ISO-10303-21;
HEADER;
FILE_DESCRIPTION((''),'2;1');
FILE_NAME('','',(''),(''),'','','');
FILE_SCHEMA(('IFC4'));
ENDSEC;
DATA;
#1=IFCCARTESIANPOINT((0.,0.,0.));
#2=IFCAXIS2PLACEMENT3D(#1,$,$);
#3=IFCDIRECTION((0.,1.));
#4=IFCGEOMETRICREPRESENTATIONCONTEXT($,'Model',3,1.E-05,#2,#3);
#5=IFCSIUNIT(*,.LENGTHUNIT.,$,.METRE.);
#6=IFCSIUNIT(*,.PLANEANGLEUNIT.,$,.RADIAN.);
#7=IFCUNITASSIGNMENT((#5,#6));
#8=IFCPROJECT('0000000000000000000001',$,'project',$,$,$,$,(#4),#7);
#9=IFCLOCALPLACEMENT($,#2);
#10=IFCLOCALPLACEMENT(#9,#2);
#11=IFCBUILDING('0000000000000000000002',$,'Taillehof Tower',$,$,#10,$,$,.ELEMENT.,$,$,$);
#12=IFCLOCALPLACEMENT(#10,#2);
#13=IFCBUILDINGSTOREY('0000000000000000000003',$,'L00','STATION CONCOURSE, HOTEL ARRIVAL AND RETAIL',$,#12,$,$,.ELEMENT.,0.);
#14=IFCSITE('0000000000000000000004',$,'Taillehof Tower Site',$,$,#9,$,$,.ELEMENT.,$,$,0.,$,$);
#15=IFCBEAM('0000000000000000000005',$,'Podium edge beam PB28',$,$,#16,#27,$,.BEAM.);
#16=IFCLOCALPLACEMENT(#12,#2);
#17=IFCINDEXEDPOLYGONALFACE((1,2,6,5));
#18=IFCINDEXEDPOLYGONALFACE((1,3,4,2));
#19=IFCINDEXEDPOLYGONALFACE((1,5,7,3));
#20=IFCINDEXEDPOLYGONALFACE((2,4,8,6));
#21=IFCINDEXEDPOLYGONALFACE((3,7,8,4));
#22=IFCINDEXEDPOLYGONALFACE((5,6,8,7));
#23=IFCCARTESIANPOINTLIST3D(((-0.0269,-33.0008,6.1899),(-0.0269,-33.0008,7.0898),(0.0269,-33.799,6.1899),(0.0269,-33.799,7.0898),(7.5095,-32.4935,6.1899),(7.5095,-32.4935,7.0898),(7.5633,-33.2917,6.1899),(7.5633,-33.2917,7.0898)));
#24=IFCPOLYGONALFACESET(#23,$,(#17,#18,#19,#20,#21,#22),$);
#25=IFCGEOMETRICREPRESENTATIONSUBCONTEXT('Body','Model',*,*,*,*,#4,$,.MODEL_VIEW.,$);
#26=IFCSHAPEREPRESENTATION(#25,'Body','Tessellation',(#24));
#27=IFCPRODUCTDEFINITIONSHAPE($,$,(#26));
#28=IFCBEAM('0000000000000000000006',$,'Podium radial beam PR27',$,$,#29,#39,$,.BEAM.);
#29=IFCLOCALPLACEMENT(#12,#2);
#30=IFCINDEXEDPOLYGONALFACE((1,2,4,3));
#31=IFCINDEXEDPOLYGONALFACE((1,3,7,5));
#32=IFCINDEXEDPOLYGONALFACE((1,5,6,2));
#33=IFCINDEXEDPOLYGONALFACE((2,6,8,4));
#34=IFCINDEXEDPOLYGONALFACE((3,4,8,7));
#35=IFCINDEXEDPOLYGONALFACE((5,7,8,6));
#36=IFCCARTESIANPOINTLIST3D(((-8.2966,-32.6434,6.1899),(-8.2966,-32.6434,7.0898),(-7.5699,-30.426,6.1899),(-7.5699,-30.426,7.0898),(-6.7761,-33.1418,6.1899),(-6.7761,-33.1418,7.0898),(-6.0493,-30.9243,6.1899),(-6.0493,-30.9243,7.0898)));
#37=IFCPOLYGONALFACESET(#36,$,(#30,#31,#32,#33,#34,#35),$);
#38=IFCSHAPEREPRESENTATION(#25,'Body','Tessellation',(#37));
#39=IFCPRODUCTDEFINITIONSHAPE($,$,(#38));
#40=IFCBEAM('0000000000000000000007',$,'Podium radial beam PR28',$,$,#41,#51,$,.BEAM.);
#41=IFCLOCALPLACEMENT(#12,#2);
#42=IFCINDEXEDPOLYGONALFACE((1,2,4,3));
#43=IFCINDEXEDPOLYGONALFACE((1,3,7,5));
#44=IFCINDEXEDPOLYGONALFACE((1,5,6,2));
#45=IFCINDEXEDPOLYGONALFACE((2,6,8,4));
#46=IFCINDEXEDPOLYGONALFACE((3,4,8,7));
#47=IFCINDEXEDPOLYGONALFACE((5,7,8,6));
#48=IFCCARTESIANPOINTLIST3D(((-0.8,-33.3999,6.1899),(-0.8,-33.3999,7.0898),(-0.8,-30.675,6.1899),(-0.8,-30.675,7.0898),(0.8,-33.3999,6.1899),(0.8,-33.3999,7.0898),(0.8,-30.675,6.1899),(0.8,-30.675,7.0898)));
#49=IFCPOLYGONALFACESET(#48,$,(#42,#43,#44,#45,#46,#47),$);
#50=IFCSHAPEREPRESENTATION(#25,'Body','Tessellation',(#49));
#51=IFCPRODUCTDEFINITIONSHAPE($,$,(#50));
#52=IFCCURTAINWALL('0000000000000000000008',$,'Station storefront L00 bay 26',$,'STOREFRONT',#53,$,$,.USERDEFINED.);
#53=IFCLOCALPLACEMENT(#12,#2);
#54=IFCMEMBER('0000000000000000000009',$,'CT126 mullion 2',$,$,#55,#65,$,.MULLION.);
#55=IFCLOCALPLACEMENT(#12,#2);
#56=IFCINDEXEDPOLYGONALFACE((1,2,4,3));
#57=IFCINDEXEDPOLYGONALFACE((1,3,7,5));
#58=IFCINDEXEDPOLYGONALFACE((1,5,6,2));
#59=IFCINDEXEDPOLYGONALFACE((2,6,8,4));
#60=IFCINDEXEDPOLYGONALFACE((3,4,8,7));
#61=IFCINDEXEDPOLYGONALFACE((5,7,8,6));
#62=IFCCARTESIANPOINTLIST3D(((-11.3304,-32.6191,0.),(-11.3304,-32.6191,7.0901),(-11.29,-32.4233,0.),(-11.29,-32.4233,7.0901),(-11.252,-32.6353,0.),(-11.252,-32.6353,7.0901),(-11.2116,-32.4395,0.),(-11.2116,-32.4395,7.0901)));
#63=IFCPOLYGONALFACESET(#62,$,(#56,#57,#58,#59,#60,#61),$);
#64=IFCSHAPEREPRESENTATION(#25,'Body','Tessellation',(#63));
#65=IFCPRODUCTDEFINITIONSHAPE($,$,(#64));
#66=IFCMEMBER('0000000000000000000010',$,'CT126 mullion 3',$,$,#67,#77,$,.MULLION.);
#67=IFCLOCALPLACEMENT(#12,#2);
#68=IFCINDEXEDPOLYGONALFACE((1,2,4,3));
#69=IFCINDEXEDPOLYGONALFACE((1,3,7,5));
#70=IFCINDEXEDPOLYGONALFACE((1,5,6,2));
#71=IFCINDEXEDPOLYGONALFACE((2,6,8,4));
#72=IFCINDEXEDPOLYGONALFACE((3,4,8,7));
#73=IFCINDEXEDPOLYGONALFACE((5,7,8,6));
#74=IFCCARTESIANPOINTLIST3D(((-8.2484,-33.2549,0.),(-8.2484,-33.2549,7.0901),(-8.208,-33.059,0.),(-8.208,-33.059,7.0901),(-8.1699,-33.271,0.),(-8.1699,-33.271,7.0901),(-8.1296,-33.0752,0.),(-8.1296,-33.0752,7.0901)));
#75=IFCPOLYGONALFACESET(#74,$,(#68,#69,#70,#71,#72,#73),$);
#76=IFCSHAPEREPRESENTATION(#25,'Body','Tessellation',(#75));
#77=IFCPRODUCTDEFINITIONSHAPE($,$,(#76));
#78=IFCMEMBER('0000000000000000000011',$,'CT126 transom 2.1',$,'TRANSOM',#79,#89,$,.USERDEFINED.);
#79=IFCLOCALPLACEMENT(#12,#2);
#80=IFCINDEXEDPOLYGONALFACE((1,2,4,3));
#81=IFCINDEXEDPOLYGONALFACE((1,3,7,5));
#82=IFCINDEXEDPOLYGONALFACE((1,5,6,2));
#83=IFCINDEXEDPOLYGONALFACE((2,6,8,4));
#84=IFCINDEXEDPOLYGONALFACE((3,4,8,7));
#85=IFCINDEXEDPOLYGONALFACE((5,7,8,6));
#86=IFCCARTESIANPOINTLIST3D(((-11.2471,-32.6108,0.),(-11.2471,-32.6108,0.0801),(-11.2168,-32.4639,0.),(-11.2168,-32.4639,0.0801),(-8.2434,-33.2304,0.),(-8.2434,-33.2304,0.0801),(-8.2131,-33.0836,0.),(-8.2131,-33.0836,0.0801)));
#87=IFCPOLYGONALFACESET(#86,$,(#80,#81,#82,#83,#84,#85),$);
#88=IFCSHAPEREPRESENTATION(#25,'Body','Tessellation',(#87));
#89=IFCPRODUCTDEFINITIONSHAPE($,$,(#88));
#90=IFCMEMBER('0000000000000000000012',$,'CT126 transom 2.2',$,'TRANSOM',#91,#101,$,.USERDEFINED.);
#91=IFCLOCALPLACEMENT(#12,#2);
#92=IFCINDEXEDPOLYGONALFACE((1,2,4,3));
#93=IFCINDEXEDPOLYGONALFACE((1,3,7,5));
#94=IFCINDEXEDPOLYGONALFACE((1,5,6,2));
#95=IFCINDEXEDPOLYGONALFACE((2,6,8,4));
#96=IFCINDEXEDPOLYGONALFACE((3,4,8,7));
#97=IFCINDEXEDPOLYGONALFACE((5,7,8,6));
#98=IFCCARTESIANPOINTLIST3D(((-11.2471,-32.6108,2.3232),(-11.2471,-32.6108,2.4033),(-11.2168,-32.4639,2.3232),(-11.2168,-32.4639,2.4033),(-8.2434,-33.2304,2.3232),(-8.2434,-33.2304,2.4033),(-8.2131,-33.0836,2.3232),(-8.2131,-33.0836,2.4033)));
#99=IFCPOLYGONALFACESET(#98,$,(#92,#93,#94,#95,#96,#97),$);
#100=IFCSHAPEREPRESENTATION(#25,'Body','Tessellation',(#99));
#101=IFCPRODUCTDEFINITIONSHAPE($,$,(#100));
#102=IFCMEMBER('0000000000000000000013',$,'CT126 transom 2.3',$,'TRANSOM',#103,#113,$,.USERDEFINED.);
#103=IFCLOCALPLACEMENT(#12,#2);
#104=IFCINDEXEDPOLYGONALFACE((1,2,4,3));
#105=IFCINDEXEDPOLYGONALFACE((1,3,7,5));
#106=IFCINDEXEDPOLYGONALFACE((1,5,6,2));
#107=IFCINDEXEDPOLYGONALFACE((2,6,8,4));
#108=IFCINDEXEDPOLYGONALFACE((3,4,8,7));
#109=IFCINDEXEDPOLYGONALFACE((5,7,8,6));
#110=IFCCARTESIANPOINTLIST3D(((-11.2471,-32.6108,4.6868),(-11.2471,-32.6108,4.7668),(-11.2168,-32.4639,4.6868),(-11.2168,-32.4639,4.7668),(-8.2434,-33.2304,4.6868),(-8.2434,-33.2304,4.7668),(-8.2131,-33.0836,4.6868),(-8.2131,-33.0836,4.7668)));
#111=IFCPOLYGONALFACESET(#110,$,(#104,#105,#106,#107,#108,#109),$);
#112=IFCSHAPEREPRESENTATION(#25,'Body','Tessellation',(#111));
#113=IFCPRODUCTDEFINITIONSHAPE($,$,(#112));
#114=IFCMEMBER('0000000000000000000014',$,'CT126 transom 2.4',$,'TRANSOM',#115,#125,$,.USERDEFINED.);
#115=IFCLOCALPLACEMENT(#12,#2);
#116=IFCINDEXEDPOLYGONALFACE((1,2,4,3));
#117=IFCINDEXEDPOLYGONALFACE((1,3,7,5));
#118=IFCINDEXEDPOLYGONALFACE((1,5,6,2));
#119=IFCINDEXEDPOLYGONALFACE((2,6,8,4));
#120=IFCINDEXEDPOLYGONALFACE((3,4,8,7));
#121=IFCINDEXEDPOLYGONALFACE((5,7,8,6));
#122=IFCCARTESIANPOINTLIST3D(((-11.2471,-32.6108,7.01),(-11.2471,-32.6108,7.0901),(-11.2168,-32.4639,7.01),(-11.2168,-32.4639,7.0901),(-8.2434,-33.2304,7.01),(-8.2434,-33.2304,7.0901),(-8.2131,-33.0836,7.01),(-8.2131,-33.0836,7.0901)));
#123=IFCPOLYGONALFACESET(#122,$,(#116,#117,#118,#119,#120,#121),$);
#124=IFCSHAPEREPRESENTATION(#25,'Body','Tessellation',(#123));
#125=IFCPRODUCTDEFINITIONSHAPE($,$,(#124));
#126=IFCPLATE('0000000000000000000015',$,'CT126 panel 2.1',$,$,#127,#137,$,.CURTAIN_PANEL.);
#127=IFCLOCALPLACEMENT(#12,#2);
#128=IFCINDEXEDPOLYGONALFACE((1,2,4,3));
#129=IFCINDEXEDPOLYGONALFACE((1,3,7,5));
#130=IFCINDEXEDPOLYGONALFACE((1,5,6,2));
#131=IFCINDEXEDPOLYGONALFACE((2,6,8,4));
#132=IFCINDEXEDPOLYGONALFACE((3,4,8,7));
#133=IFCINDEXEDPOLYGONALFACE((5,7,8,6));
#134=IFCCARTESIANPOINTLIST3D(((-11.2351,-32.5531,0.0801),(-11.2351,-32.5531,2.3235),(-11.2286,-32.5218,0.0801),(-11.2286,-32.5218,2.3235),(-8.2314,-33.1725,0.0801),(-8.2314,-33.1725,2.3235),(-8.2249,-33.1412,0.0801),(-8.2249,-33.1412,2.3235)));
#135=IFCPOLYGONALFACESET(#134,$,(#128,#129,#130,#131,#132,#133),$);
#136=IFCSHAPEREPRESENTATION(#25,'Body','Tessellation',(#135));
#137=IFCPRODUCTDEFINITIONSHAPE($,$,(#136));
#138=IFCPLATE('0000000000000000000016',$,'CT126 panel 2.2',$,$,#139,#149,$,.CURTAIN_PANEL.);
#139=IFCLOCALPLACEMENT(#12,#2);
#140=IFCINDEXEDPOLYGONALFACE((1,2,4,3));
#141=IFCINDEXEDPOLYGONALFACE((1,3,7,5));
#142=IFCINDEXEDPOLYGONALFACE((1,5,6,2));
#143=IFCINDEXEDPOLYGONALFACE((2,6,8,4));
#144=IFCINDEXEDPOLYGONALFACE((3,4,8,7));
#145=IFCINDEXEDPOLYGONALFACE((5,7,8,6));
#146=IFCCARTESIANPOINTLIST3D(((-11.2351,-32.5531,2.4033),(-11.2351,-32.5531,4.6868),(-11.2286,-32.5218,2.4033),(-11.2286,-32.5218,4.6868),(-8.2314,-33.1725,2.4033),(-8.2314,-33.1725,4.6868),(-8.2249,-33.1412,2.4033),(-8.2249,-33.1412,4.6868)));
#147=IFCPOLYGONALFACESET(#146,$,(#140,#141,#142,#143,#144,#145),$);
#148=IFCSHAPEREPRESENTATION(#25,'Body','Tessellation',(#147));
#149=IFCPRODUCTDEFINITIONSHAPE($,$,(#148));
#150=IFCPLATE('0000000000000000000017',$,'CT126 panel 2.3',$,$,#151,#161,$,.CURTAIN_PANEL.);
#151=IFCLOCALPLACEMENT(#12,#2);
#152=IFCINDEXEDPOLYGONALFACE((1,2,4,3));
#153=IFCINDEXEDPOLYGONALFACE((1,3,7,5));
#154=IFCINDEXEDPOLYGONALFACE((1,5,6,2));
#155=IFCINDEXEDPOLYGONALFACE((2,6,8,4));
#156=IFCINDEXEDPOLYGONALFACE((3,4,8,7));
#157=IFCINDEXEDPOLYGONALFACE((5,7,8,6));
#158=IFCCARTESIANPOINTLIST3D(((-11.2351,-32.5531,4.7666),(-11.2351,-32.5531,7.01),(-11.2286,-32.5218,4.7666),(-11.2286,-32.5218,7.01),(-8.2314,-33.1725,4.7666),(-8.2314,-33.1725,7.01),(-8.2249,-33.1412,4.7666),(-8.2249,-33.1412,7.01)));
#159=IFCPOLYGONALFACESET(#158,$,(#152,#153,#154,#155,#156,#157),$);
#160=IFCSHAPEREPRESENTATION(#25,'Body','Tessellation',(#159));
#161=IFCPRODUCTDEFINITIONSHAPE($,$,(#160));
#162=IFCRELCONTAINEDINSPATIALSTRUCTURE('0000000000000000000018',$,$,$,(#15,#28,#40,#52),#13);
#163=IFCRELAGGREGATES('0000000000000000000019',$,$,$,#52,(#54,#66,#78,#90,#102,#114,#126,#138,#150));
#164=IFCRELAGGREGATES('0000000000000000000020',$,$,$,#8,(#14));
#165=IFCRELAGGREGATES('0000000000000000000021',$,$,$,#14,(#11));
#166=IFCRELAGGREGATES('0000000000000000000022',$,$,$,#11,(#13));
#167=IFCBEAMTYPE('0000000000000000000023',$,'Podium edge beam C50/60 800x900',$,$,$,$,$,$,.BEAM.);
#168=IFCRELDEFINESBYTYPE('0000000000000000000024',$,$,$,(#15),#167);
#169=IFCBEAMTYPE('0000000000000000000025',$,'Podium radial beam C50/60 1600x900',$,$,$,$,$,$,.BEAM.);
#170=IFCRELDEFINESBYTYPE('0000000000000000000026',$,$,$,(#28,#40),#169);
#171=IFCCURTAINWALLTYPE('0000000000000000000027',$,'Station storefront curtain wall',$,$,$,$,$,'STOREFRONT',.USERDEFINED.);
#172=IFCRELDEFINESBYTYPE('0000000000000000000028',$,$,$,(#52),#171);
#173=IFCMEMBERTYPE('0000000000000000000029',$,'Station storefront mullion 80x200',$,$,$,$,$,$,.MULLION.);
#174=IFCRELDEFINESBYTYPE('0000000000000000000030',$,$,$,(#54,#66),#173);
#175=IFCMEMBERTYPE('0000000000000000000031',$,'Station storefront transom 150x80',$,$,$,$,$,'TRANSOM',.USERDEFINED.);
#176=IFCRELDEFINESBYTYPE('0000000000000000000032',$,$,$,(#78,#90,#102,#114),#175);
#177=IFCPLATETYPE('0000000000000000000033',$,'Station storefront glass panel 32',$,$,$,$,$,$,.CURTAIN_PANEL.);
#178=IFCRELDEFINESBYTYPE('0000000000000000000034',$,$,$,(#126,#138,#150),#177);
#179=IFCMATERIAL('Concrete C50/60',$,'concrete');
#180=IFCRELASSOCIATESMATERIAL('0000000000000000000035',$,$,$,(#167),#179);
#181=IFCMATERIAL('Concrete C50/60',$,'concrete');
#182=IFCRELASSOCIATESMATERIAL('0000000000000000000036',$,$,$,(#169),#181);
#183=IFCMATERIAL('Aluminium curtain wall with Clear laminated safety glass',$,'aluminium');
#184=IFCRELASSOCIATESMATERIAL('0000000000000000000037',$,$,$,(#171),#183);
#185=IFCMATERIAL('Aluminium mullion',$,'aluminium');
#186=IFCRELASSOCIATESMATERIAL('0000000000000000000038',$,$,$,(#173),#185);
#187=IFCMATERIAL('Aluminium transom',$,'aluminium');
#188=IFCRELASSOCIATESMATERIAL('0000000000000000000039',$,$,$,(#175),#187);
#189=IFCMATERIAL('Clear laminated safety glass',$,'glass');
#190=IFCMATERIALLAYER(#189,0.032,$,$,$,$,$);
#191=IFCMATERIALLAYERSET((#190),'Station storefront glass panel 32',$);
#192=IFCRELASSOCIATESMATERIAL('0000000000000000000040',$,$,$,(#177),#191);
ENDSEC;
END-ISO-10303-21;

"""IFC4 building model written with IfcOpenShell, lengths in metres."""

from ifc_helpers import new_model, si_unit, direction, frame, origin, origin_2d, place, context, subcontext, project, spatial, rectangle, extrude, material, layer, layer_set, material_profile, profile_set, type_object, element, aggregate, save


model = new_model("IFC4")

# Units and contexts
model_context = context("Model", 3, precision=1e-05, world=origin(), true_north=direction((0.0, 1.0)))
body_context = subcontext(model_context, "Body", "Model", "MODEL_VIEW")
ifc_project = project(units=[si_unit("LENGTHUNIT", "METRE"), si_unit("PLANEANGLEUNIT", "RADIAN")], contexts=[model_context])

# Site, building, storey
site_placement = place(None, origin())
site = spatial("IfcSite", under=ifc_project, at=site_placement, Name="Taillehof Tower Site", CompositionType="ELEMENT", RefElevation=0.0)
building_placement = place(site_placement, origin())
building = spatial("IfcBuilding", under=site, at=building_placement, Name="Taillehof Tower", CompositionType="ELEMENT")
storey_placement = place(building_placement, origin())
storey = spatial("IfcBuildingStorey", under=building, at=storey_placement, Name="L00", Description="STATION CONCOURSE, HOTEL ARRIVAL AND RETAIL", CompositionType="ELEMENT", Elevation=0.0)

# Beams
ifc_material_1 = material(Name="Concrete C50/60", Category="concrete")
ifc_material_profile_1 = material_profile(ifc_material_1, rectangle(XDim=0.8, YDim=0.8999, at=origin_2d()), Name="RC 800x900")
ifc_profile_set_1 = profile_set([ifc_material_profile_1], Name="Concrete C50/60")
beam_type_1 = type_object("IfcBeamType", Name="Podium edge beam C50/60 800x900", PredefinedType="BEAM", material=ifc_profile_set_1)
for number, where, z_axis, x_axis, name in (
    (1, (0.0, -33.3999, 6.6399), (0.997742, 0.067165, 0.0), (-0.067165, 0.997742, 0.0), "Podium edge beam PB28"),
):
    element("IfcBeam", number, at=place(storey_placement, frame(where, z_axis=z_axis, x_axis=x_axis)), inside=storey, type_object=beam_type_1, Name=name, PredefinedType="BEAM", context=body_context, shape_type="SweptSolid", body=[
        extrude(rectangle(XDim=0.8, YDim=0.8999, at=origin_2d()), origin(), (0.0, 0.0, 1.0), 7.5535),
    ])
ifc_material_2 = material(Name="Concrete C50/60", Category="concrete")
ifc_material_profile_2 = material_profile(ifc_material_2, rectangle(XDim=1.6001, YDim=0.8999, at=origin_2d()), Name="RC 1600x900")
ifc_profile_set_2 = profile_set([ifc_material_profile_2], Name="Concrete C50/60")
beam_type_2 = type_object("IfcBeamType", Name="Podium radial beam C50/60 1600x900", PredefinedType="BEAM", material=ifc_profile_set_2)
beam_1_placement = place(storey_placement, frame((-7.5364, -32.8926, 6.6399), z_axis=(0.311453, 0.950262, 0.0), x_axis=(-0.950262, 0.311453, 0.0)))
element("IfcBeam", 2, at=beam_1_placement, inside=storey, type_object=beam_type_2, Name="Podium radial beam PR27", PredefinedType="BEAM", context=body_context, shape_type="SweptSolid", body=[
    extrude(rectangle(XDim=1.6001, YDim=0.8999, at=origin_2d()), origin(), (0.0, 0.0, 1.0), 2.3335),
])
beam_2_placement = place(storey_placement, frame((0.0, -33.3999, 6.6399), z_axis=(0.0, 1.0, 0.0), x_axis=(-1.0, 0.0, 0.0)))
element("IfcBeam", 3, at=beam_2_placement, inside=storey, type_object=beam_type_2, Name="Podium radial beam PR28", PredefinedType="BEAM", context=body_context, shape_type="SweptSolid", body=[
    extrude(rectangle(XDim=1.6001, YDim=0.8999, at=origin_2d()), origin(), (0.0, 0.0, 1.0), 2.7249),
])

# Curtain wall, members, plates
ifc_material_3 = material(Name="Aluminium curtain wall with Clear laminated safety glass", Category="aluminium")
curtain_wall_type = type_object("IfcCurtainWallType", Name="Station storefront curtain wall", ElementType="STOREFRONT", PredefinedType="USERDEFINED", material=ifc_material_3)
curtain_wall_placement = place(storey_placement, origin())
curtain_wall = element("IfcCurtainWall", 4, at=curtain_wall_placement, inside=storey, type_object=curtain_wall_type, Name="Station storefront L00 bay 26", ObjectType="STOREFRONT", PredefinedType="USERDEFINED")
ifc_material_4 = material(Name="Aluminium mullion", Category="aluminium")
ifc_material_profile_3 = material_profile(ifc_material_4, rectangle(XDim=0.2, YDim=0.0801, at=origin_2d()), Name="AL 80x200")
ifc_profile_set_3 = profile_set([ifc_material_profile_3], Name="Aluminium mullion")
member_type_1 = type_object("IfcMemberType", Name="Station storefront mullion 80x200", PredefinedType="MULLION", material=ifc_profile_set_3)
member_1_placement = place(storey_placement, frame((-11.271, -32.5293, 0.0), z_axis=(0.0, 0.0, 1.0), x_axis=(0.201976, 0.97939, 0.0)))
member_1 = element("IfcMember", 5, at=member_1_placement, type_object=member_type_1, Name="CT126 mullion 2", PredefinedType="MULLION", context=body_context, shape_type="SweptSolid", body=[
    extrude(rectangle(XDim=0.2, YDim=0.0801, at=origin_2d()), origin(), (0.0, 0.0, 1.0), 7.0901),
])
member_2_placement = place(storey_placement, frame((-8.189, -33.165, 0.0), z_axis=(0.0, 0.0, 1.0), x_axis=(0.201976, 0.97939, 0.0)))
member_2 = element("IfcMember", 6, at=member_2_placement, type_object=member_type_1, Name="CT126 mullion 3", PredefinedType="MULLION", context=body_context, shape_type="SweptSolid", body=[
    extrude(rectangle(XDim=0.2, YDim=0.0801, at=origin_2d()), origin(), (0.0, 0.0, 1.0), 7.0901),
])
ifc_material_5 = material(Name="Aluminium transom", Category="aluminium")
ifc_material_profile_4 = material_profile(ifc_material_5, rectangle(XDim=0.1499, YDim=0.0801, at=origin_2d()), Name="AL 150x80")
ifc_profile_set_4 = profile_set([ifc_material_profile_4], Name="Aluminium transom")
member_type_2 = type_object("IfcMemberType", Name="Station storefront transom 150x80", ElementType="TRANSOM", PredefinedType="USERDEFINED", material=ifc_profile_set_4)
member_3_placement = place(storey_placement, frame((-11.2319, -32.5374, 0.04), z_axis=(0.979378, -0.202037, 0.0), x_axis=(0.202037, 0.979378, 0.0)))
member_3 = element("IfcMember", 7, at=member_3_placement, type_object=member_type_2, Name="CT126 transom 2.1", ObjectType="TRANSOM", PredefinedType="USERDEFINED", context=body_context, shape_type="SweptSolid", body=[
    extrude(rectangle(XDim=0.1499, YDim=0.0801, at=origin_2d()), origin(), (0.0, 0.0, 1.0), 3.0669),
])
member_4_placement = place(storey_placement, frame((-11.2319, -32.5374, 2.3633), z_axis=(0.979378, -0.202037, 0.0), x_axis=(0.202037, 0.979378, 0.0)))
member_4 = element("IfcMember", 8, at=member_4_placement, type_object=member_type_2, Name="CT126 transom 2.2", ObjectType="TRANSOM", PredefinedType="USERDEFINED", context=body_context, shape_type="SweptSolid", body=[
    extrude(rectangle(XDim=0.1499, YDim=0.0801, at=origin_2d()), origin(), (0.0, 0.0, 1.0), 3.0669),
])
member_5_placement = place(storey_placement, frame((-11.2319, -32.5374, 4.7268), z_axis=(0.979378, -0.202037, 0.0), x_axis=(0.202037, 0.979378, 0.0)))
member_5 = element("IfcMember", 9, at=member_5_placement, type_object=member_type_2, Name="CT126 transom 2.3", ObjectType="TRANSOM", PredefinedType="USERDEFINED", context=body_context, shape_type="SweptSolid", body=[
    extrude(rectangle(XDim=0.1499, YDim=0.0801, at=origin_2d()), origin(), (0.0, 0.0, 1.0), 3.0669),
])
member_6_placement = place(storey_placement, frame((-11.2319, -32.5374, 7.05), z_axis=(0.979378, -0.202037, 0.0), x_axis=(0.202037, 0.979378, 0.0)))
member_6 = element("IfcMember", 10, at=member_6_placement, type_object=member_type_2, Name="CT126 transom 2.4", ObjectType="TRANSOM", PredefinedType="USERDEFINED", context=body_context, shape_type="SweptSolid", body=[
    extrude(rectangle(XDim=0.1499, YDim=0.0801, at=origin_2d()), origin(), (0.0, 0.0, 1.0), 3.0669),
])
ifc_material_6 = material(Name="Clear laminated safety glass", Category="glass")
ifc_layer_1 = layer(ifc_material_6, 0.032)
ifc_layer_set_1 = layer_set([ifc_layer_1], Name="Station storefront glass panel 32")
plate_type = type_object("IfcPlateType", Name="Station storefront glass panel 32", PredefinedType="CURTAIN_PANEL", material=ifc_layer_set_1)
plate_1_placement = place(storey_placement, frame((-9.73, -32.8472, 0.0801), z_axis=(0.0, 0.0, 1.0), x_axis=(0.97939, -0.201976, 0.0)))
plate_1 = element("IfcPlate", 11, at=plate_1_placement, type_object=plate_type, Name="CT126 panel 2.1", PredefinedType="CURTAIN_PANEL", context=body_context, shape_type="SweptSolid", body=[
    extrude(rectangle(XDim=3.0669, YDim=0.032, at=origin_2d()), origin(), (0.0, 0.0, 1.0), 2.2434),
])
plate_2_placement = place(storey_placement, frame((-9.73, -32.8472, 2.4033), z_axis=(0.0, 0.0, 1.0), x_axis=(0.97939, -0.201976, 0.0)))
plate_2 = element("IfcPlate", 12, at=plate_2_placement, type_object=plate_type, Name="CT126 panel 2.2", PredefinedType="CURTAIN_PANEL", context=body_context, shape_type="SweptSolid", body=[
    extrude(rectangle(XDim=3.0669, YDim=0.032, at=origin_2d()), origin(), (0.0, 0.0, 1.0), 2.2834),
])
plate_3_placement = place(storey_placement, frame((-9.73, -32.8472, 4.7666), z_axis=(0.0, 0.0, 1.0), x_axis=(0.97939, -0.201976, 0.0)))
plate_3 = element("IfcPlate", 13, at=plate_3_placement, type_object=plate_type, Name="CT126 panel 2.3", PredefinedType="CURTAIN_PANEL", context=body_context, shape_type="SweptSolid", body=[
    extrude(rectangle(XDim=3.0669, YDim=0.032, at=origin_2d()), origin(), (0.0, 0.0, 1.0), 2.2434),
])
aggregate(curtain_wall, [member_1, member_2, member_3, member_4, member_5, member_6, plate_1, plate_2, plate_3])

save(model, "model.ifc")
